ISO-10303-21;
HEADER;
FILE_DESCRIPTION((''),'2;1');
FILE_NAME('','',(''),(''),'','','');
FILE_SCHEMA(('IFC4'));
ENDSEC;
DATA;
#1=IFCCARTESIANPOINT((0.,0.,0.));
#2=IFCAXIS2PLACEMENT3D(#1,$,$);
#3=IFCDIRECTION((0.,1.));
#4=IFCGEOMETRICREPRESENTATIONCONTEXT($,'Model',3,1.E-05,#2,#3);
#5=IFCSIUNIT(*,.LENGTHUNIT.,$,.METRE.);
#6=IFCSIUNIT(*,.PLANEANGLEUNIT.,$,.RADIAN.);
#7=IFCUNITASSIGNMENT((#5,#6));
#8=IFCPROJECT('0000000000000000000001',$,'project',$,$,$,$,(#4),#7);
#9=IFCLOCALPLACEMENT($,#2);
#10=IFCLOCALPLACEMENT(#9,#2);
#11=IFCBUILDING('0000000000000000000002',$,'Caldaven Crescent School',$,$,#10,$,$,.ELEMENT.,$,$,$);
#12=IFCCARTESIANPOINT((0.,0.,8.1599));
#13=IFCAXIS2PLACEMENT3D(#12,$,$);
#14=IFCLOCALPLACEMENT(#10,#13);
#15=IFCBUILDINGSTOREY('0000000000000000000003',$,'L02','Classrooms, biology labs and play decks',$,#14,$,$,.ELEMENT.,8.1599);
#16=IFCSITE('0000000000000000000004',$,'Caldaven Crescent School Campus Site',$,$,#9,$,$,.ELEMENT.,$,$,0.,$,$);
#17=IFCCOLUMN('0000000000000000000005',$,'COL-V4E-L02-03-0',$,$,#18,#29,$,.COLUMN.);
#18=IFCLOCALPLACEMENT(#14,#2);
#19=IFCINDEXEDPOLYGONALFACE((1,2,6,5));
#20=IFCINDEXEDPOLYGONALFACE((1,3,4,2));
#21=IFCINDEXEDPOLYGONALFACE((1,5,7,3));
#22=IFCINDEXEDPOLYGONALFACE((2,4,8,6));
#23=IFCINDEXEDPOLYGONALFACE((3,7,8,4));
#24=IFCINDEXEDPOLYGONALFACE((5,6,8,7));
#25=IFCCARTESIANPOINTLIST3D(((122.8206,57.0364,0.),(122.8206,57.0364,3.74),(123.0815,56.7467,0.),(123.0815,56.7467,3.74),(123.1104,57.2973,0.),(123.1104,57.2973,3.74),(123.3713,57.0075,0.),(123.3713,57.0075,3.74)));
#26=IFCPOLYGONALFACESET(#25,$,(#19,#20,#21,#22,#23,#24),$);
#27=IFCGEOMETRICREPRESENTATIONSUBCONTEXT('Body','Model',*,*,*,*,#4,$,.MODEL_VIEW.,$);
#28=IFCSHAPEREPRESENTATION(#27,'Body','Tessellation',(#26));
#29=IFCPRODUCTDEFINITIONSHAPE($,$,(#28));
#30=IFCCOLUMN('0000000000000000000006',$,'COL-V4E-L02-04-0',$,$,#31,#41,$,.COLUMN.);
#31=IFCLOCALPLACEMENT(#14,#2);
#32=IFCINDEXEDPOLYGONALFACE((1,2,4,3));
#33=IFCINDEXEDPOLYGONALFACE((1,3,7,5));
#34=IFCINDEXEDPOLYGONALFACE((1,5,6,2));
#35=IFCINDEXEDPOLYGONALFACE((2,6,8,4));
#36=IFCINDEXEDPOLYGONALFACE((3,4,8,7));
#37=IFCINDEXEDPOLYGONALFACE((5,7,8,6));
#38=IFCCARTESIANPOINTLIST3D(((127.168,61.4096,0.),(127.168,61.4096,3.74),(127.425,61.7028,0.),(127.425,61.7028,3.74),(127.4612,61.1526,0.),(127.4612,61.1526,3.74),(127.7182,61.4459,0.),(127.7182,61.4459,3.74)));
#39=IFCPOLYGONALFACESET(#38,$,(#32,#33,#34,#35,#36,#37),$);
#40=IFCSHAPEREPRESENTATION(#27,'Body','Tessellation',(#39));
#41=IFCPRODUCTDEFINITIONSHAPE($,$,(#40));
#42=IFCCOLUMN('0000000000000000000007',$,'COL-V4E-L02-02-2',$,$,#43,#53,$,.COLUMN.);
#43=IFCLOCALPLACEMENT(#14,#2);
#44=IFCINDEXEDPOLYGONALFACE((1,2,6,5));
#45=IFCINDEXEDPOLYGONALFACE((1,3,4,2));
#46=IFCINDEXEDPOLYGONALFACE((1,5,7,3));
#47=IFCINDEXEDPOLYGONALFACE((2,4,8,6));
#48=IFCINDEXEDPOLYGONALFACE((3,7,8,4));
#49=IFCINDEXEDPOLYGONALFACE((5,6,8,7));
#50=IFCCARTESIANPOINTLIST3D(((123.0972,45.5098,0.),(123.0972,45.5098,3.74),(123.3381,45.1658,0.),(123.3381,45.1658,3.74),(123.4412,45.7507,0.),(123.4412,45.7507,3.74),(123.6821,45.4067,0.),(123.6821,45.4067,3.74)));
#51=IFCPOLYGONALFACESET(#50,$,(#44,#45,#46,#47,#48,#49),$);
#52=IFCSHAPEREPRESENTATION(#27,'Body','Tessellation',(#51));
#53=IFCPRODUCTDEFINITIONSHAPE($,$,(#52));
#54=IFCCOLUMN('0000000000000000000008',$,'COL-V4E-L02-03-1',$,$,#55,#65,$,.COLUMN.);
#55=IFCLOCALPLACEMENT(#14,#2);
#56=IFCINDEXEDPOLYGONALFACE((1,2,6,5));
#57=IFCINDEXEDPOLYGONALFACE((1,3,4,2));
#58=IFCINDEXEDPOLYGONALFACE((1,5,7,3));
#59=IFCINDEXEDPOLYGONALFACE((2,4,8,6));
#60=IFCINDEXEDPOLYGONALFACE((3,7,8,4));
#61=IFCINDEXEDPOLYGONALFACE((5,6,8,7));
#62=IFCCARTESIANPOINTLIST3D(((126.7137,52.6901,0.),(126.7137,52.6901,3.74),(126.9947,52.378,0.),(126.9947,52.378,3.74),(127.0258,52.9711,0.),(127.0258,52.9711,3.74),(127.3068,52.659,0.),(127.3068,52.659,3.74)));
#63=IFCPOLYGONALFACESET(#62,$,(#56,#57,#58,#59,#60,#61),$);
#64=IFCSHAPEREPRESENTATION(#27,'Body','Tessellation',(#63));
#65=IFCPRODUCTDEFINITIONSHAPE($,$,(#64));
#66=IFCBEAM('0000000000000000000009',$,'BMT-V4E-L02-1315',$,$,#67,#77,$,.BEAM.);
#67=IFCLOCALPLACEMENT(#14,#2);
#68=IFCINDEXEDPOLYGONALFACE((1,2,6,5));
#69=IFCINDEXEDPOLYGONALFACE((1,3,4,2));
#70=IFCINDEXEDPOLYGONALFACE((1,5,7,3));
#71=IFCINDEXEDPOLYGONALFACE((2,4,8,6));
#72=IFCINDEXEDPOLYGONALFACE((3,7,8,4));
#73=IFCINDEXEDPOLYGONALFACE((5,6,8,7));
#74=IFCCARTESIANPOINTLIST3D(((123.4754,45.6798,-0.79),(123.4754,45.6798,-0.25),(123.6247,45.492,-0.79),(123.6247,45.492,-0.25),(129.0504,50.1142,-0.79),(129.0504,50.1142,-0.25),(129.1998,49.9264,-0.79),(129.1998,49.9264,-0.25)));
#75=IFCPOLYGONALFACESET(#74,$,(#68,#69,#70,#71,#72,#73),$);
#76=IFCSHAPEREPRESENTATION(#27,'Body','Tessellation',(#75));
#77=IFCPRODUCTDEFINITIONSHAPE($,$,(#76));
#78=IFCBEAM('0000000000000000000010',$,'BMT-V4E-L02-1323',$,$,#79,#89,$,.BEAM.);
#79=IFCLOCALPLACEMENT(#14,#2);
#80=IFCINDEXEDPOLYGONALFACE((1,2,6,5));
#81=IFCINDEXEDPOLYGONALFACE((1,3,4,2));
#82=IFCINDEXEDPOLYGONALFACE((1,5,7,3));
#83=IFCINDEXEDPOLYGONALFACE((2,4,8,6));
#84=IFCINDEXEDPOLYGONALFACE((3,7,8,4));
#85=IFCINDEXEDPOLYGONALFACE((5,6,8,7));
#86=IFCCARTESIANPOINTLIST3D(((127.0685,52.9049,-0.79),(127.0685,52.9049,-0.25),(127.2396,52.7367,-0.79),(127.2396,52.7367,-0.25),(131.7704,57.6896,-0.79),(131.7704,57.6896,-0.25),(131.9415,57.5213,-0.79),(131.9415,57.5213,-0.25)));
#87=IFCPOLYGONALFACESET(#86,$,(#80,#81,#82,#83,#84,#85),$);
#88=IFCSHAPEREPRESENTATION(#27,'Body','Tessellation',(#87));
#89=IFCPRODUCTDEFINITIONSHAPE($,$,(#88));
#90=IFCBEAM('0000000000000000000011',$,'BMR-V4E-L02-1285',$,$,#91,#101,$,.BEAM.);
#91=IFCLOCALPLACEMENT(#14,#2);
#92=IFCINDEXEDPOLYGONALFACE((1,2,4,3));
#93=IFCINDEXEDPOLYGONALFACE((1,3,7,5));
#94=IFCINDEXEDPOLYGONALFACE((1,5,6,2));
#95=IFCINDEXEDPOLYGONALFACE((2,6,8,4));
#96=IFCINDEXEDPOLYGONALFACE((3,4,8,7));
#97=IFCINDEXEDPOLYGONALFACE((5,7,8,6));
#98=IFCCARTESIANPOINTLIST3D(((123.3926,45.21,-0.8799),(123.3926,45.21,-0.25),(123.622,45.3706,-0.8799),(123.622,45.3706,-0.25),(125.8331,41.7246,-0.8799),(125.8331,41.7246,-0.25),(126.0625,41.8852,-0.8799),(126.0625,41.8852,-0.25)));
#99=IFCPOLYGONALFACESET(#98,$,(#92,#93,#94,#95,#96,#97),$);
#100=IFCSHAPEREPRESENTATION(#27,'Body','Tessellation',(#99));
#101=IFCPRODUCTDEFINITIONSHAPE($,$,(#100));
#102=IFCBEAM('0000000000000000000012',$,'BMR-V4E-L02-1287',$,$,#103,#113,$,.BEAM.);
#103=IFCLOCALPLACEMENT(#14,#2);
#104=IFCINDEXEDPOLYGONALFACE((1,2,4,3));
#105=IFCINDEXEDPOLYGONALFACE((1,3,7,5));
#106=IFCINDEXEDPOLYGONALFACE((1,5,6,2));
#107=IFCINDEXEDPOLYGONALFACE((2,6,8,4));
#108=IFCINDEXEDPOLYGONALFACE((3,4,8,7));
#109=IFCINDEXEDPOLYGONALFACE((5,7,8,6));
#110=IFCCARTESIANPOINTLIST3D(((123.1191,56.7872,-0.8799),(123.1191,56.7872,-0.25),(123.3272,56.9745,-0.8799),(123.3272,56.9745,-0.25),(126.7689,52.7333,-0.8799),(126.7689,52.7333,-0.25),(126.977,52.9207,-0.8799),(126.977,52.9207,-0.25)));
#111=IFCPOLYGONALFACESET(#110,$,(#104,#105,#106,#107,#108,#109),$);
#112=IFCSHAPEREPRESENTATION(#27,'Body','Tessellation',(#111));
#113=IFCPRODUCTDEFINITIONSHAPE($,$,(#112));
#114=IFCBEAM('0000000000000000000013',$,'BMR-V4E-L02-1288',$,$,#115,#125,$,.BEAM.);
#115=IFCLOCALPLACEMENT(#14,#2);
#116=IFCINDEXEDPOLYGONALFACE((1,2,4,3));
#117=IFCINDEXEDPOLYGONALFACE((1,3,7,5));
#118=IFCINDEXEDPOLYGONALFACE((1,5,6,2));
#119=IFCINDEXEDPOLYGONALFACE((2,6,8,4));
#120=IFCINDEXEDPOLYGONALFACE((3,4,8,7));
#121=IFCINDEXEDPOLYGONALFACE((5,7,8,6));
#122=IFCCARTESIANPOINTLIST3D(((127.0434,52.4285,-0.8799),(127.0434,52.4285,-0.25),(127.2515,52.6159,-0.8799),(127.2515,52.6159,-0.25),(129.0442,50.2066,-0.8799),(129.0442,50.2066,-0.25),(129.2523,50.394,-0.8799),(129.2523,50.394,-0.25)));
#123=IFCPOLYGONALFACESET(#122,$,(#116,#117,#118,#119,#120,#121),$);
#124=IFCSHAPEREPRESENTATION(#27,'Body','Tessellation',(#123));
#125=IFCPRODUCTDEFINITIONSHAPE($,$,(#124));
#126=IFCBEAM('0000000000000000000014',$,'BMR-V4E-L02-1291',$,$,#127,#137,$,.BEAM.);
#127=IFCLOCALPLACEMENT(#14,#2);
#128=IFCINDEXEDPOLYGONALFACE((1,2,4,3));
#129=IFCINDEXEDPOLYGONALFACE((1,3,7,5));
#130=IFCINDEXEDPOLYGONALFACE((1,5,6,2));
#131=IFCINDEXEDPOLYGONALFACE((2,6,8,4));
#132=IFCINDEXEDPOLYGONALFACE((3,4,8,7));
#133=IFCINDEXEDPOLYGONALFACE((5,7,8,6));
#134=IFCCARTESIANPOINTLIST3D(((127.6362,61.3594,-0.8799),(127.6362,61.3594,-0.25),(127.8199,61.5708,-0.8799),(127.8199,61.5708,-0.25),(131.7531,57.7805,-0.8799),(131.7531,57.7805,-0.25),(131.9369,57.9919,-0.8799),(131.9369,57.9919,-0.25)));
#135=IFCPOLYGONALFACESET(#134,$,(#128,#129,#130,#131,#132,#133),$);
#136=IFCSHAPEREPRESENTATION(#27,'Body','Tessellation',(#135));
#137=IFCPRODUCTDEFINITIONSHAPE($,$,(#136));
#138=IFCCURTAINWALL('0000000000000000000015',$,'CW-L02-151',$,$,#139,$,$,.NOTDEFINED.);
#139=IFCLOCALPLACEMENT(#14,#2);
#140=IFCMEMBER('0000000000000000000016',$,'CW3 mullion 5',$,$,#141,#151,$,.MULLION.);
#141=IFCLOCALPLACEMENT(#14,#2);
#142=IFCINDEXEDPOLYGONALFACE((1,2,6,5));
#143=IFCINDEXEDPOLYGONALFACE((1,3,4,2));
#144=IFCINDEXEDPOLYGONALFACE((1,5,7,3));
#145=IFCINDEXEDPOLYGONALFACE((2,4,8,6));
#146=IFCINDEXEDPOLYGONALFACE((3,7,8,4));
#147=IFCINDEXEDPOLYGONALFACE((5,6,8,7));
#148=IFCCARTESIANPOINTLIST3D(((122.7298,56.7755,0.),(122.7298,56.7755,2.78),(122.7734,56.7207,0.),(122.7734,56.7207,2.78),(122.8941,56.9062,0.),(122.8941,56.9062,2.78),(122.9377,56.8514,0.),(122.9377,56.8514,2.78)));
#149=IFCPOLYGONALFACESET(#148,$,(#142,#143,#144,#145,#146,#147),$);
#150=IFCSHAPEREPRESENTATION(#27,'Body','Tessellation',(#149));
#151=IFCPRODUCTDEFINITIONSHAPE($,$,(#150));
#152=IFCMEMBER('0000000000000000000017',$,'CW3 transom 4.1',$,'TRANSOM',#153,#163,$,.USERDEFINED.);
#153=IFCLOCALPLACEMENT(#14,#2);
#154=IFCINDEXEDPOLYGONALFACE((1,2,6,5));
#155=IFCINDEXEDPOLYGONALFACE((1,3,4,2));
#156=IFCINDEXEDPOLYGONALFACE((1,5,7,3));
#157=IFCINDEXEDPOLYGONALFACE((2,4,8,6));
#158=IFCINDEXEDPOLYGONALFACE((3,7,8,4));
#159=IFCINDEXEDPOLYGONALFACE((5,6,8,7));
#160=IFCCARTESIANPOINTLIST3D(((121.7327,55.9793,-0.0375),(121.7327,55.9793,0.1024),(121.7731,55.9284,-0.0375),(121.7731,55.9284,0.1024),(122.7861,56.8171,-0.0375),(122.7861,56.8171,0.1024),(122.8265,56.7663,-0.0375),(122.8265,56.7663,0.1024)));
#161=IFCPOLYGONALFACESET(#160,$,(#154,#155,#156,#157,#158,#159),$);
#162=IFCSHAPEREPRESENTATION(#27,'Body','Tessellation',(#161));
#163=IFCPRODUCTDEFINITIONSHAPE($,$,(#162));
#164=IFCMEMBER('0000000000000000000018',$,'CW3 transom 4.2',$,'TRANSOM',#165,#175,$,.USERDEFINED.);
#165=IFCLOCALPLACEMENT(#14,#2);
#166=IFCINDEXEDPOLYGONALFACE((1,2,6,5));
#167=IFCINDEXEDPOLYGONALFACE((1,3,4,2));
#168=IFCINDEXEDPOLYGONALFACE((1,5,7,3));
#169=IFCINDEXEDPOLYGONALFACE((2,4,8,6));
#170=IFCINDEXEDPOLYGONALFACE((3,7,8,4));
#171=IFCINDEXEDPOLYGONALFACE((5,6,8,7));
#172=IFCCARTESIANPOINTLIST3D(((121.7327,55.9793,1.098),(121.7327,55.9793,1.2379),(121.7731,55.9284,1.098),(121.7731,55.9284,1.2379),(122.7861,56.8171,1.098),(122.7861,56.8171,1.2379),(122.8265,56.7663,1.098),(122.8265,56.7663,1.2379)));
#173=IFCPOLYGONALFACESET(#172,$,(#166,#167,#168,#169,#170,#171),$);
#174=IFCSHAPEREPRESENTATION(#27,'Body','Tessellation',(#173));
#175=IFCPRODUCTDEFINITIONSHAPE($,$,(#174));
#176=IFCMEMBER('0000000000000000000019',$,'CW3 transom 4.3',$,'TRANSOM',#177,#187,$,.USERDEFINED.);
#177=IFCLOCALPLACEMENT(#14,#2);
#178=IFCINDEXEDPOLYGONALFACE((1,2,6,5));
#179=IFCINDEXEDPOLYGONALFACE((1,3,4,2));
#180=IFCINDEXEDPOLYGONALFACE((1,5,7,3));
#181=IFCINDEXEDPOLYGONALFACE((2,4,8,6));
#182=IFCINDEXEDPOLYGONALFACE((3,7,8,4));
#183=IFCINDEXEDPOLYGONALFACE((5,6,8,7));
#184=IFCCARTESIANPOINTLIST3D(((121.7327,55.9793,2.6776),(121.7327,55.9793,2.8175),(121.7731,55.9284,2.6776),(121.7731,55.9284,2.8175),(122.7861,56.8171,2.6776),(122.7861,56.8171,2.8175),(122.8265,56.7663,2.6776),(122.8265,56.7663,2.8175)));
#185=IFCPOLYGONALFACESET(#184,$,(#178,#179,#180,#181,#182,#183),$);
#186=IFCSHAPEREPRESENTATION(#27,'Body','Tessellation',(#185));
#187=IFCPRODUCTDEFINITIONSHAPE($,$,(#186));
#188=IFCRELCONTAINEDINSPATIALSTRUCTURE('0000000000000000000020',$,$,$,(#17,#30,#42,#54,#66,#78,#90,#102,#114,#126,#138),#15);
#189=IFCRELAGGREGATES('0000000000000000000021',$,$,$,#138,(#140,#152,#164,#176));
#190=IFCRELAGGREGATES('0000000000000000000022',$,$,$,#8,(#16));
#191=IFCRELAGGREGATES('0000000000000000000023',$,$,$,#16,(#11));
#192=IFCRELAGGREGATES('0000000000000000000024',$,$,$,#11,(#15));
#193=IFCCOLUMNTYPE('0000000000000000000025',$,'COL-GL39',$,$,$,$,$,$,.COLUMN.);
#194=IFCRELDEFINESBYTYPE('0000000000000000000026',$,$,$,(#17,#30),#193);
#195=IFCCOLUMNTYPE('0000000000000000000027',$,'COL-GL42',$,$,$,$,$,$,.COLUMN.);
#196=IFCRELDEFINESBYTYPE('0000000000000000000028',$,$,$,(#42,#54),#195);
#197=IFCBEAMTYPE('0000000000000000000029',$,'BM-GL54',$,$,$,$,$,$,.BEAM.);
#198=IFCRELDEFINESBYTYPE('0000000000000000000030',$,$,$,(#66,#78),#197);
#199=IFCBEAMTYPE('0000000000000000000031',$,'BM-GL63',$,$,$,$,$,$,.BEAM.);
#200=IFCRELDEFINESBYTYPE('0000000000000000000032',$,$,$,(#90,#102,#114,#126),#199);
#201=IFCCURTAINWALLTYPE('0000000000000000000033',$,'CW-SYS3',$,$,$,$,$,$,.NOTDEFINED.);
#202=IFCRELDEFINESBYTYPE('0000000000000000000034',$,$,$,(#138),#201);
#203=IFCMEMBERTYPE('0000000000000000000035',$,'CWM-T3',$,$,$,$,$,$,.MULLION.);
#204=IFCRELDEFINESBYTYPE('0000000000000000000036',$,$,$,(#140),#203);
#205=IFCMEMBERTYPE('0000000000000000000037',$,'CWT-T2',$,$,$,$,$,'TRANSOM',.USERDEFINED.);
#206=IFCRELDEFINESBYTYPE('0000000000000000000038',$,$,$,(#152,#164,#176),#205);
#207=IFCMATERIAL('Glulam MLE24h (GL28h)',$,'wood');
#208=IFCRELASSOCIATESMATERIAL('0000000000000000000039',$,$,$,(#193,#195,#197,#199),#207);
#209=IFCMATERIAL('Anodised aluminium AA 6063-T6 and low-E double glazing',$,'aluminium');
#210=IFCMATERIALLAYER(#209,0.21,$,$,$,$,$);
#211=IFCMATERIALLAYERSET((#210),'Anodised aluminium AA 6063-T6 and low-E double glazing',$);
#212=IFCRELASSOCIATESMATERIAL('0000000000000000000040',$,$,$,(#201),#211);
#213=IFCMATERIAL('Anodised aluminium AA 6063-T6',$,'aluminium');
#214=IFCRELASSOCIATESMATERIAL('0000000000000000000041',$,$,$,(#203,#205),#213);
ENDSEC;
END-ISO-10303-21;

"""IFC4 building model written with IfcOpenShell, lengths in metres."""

from ifc_helpers import new_model, si_unit, direction, frame, origin, origin_2d, place, context, subcontext, project, spatial, rectangle, extrude, material, layer, layer_set, material_profile, profile_set, type_object, element, aggregate, save


model = new_model("IFC4")

# Units and contexts
model_context = context("Model", 3, precision=1e-05, world=origin(), true_north=direction((0.0, 1.0)))
body_context = subcontext(model_context, "Body", "Model", "MODEL_VIEW")
ifc_project = project(units=[si_unit("LENGTHUNIT", "METRE"), si_unit("PLANEANGLEUNIT", "RADIAN")], contexts=[model_context])

# Site, building, storey
site_placement = place(None, origin())
site = spatial("IfcSite", under=ifc_project, at=site_placement, Name="Caldaven Crescent School Campus Site", CompositionType="ELEMENT", RefElevation=0.0)
building_placement = place(site_placement, origin())
building = spatial("IfcBuilding", under=site, at=building_placement, Name="Caldaven Crescent School", CompositionType="ELEMENT")
storey_placement = place(building_placement, frame((0.0, 0.0, 8.1599)))
storey = spatial("IfcBuildingStorey", under=building, at=storey_placement, Name="L02", Description="Classrooms, biology labs and play decks", CompositionType="ELEMENT", Elevation=8.1599)

# Columns
ifc_material_1 = material(Name="Glulam MLE24h (GL28h)", Category="wood")
ifc_material_profile_1 = material_profile(ifc_material_1, rectangle(XDim=0.3899, YDim=0.3899, at=origin_2d()), Name="MLE 390x390")
ifc_profile_set_1 = profile_set([ifc_material_profile_1], Name="Glulam MLE24h (GL28h)")
column_type_1 = type_object("IfcColumnType", Name="COL-GL39", PredefinedType="COLUMN", material=ifc_profile_set_1)
for number, where, z_axis, x_axis, name in (
    (1, (123.0959, 57.022, 0.0), (0.0, 0.0, 1.0), (0.669131, -0.743145, 0.0), "COL-V4E-L02-03-0"),
    (2, (127.4431, 61.4277, 0.0), (0.0, 0.0, 1.0), (0.75207, -0.659083, 0.0), "COL-V4E-L02-04-0"),
):
    element("IfcColumn", number, at=place(storey_placement, frame(where, z_axis=z_axis, x_axis=x_axis)), inside=storey, type_object=column_type_1, Name=name, PredefinedType="COLUMN", context=body_context, shape_type="SweptSolid", body=[
        extrude(rectangle(XDim=0.3899, YDim=0.3899, at=origin_2d()), origin(), (0.0, 0.0, 1.0), 3.74),
    ])
ifc_material_profile_2 = material_profile(ifc_material_1, rectangle(XDim=0.4199, YDim=0.4199, at=origin_2d()), Name="MLE 420x420")
ifc_profile_set_2 = profile_set([ifc_material_profile_2], Name="Glulam MLE24h (GL28h)")
column_type_2 = type_object("IfcColumnType", Name="COL-GL42", PredefinedType="COLUMN", material=ifc_profile_set_2)
for number, where, z_axis, x_axis, name in (
    (3, (123.3896, 45.4583, 0.0), (0.0, 0.0, 1.0), (0.573576, -0.819152, 0.0), "COL-V4E-L02-02-2"),
    (4, (127.0103, 52.6746, 0.0), (0.0, 0.0, 1.0), (0.669131, -0.743145, 0.0), "COL-V4E-L02-03-1"),
):
    element("IfcColumn", number, at=place(storey_placement, frame(where, z_axis=z_axis, x_axis=x_axis)), inside=storey, type_object=column_type_2, Name=name, PredefinedType="COLUMN", context=body_context, shape_type="SweptSolid", body=[
        extrude(rectangle(XDim=0.4199, YDim=0.4199, at=origin_2d()), origin(), (0.0, 0.0, 1.0), 3.74),
    ])

# Beams
ifc_material_profile_3 = material_profile(ifc_material_1, rectangle(XDim=0.24, YDim=0.54, at=origin_2d()), Name="MLE 240x540")
ifc_profile_set_3 = profile_set([ifc_material_profile_3], Name="Glulam MLE24h (GL28h)")
beam_type_1 = type_object("IfcBeamType", Name="BM-GL54", PredefinedType="BEAM", material=ifc_profile_set_3)
beam_1_placement = place(storey_placement, frame((123.55, 45.5859, -0.52), z_axis=(0.782621, 0.622498, 0.0), x_axis=(-0.622498, 0.782621, 0.0)))
element("IfcBeam", 5, at=beam_1_placement, inside=storey, type_object=beam_type_1, Name="BMT-V4E-L02-1315", PredefinedType="BEAM", context=body_context, shape_type="SweptSolid", body=[
    extrude(rectangle(XDim=0.24, YDim=0.54, at=origin_2d()), origin(), (0.0, 0.0, 1.0), 7.1235),
])
beam_2_placement = place(storey_placement, frame((127.1541, 52.8208, -0.52), z_axis=(0.700911, 0.713249, 0.0), x_axis=(-0.713249, 0.700911, 0.0)))
element("IfcBeam", 6, at=beam_2_placement, inside=storey, type_object=beam_type_1, Name="BMT-V4E-L02-1323", PredefinedType="BEAM", context=body_context, shape_type="SweptSolid", body=[
    extrude(rectangle(XDim=0.24, YDim=0.54, at=origin_2d()), origin(), (0.0, 0.0, 1.0), 6.7083),
])
ifc_material_profile_4 = material_profile(ifc_material_1, rectangle(XDim=0.28, YDim=0.6299, at=origin_2d()), Name="MLE 280x630")
ifc_profile_set_4 = profile_set([ifc_material_profile_4], Name="Glulam MLE24h (GL28h)")
beam_type_2 = type_object("IfcBeamType", Name="BM-GL63", PredefinedType="BEAM", material=ifc_profile_set_4)
beam_3_placement = place(storey_placement, frame((123.5073, 45.2903, -0.5649), z_axis=(0.57357, -0.819156, 0.0), x_axis=(0.819156, 0.57357, 0.0)))
element("IfcBeam", 7, at=beam_3_placement, inside=storey, type_object=beam_type_2, Name="BMR-V4E-L02-1285", PredefinedType="BEAM", context=body_context, shape_type="SweptSolid", body=[
    extrude(rectangle(XDim=0.28, YDim=0.6299, at=origin_2d()), origin(), (0.0, 0.0, 1.0), 4.2549),
])
beam_4_placement = place(storey_placement, frame((123.2231, 56.8809, -0.5649), z_axis=(0.669101, -0.743172, 0.0), x_axis=(0.743172, 0.669101, 0.0)))
element("IfcBeam", 8, at=beam_4_placement, inside=storey, type_object=beam_type_2, Name="BMR-V4E-L02-1287", PredefinedType="BEAM", context=body_context, shape_type="SweptSolid", body=[
    extrude(rectangle(XDim=0.28, YDim=0.6299, at=origin_2d()), origin(), (0.0, 0.0, 1.0), 5.4548),
])
beam_5_placement = place(storey_placement, frame((127.1475, 52.5222, -0.5649), z_axis=(0.66915, -0.743128, 0.0), x_axis=(0.743128, 0.66915, 0.0)))
element("IfcBeam", 9, at=beam_5_placement, inside=storey, type_object=beam_type_2, Name="BMR-V4E-L02-1288", PredefinedType="BEAM", context=body_context, shape_type="SweptSolid", body=[
    extrude(rectangle(XDim=0.28, YDim=0.6299, at=origin_2d()), origin(), (0.0, 0.0, 1.0), 2.99),
])
beam_6_placement = place(storey_placement, frame((127.728, 61.4651, -0.5649), z_axis=(0.754705, -0.656065, 0.0), x_axis=(0.656065, 0.754705, 0.0)))
element("IfcBeam", 10, at=beam_6_placement, inside=storey, type_object=beam_type_2, Name="BMR-V4E-L02-1291", PredefinedType="BEAM", context=body_context, shape_type="SweptSolid", body=[
    extrude(rectangle(XDim=0.28, YDim=0.6299, at=origin_2d()), origin(), (0.0, 0.0, 1.0), 5.4551),
])

# Curtain wall, members
ifc_material_2 = material(Name="Anodised aluminium AA 6063-T6 and low-E double glazing", Category="aluminium")
ifc_layer_1 = layer(ifc_material_2, 0.21)
ifc_layer_set_1 = layer_set([ifc_layer_1], Name="Anodised aluminium AA 6063-T6 and low-E double glazing")
curtain_wall_type = type_object("IfcCurtainWallType", Name="CW-SYS3", PredefinedType="NOTDEFINED", material=ifc_layer_set_1)
curtain_wall_placement = place(storey_placement, origin())
curtain_wall = element("IfcCurtainWall", 11, at=curtain_wall_placement, inside=storey, type_object=curtain_wall_type, Name="CW-L02-151", PredefinedType="NOTDEFINED")
ifc_material_3 = material(Name="Anodised aluminium AA 6063-T6", Category="aluminium")
ifc_material_profile_5 = material_profile(ifc_material_3, rectangle(XDim=0.0701, YDim=0.21, at=origin_2d()), Name="CWM 70x210")
ifc_profile_set_5 = profile_set([ifc_material_profile_5], Name="Anodised aluminium AA 6063-T6")
member_type_1 = type_object("IfcMemberType", Name="CWM-T3", PredefinedType="MULLION", material=ifc_profile_set_5)
member_1_placement = place(storey_placement, frame((122.8337, 56.8135, 0.0), z_axis=(0.0, 0.0, 1.0), x_axis=(-0.622515, 0.782608, 0.0)))
member_1 = element("IfcMember", 12, at=member_1_placement, type_object=member_type_1, Name="CW3 mullion 5", PredefinedType="MULLION", context=body_context, shape_type="SweptSolid", body=[
    extrude(rectangle(XDim=0.0701, YDim=0.21, at=origin_2d()), origin(), (0.0, 0.0, 1.0), 2.78),
])
ifc_material_profile_6 = material_profile(ifc_material_3, rectangle(XDim=0.0649, YDim=0.1399, at=origin_2d()), Name="CWT 65x140")
ifc_profile_set_6 = profile_set([ifc_material_profile_6], Name="Anodised aluminium AA 6063-T6")
member_type_2 = type_object("IfcMemberType", Name="CWT-T2", ElementType="TRANSOM", PredefinedType="USERDEFINED", material=ifc_profile_set_6)
member_2_placement = place(storey_placement, frame((121.7529, 55.9539, 0.0325), z_axis=(0.782635, 0.622481, 0.0), x_axis=(-0.622481, 0.782635, 0.0)))
member_2 = element("IfcMember", 13, at=member_2_placement, type_object=member_type_2, Name="CW3 transom 4.1", ObjectType="TRANSOM", PredefinedType="USERDEFINED", context=body_context, shape_type="SweptSolid", body=[
    extrude(rectangle(XDim=0.0649, YDim=0.1399, at=origin_2d()), origin(), (0.0, 0.0, 1.0), 1.3459),
])
member_3_placement = place(storey_placement, frame((121.7529, 55.9539, 1.168), z_axis=(0.782635, 0.622481, 0.0), x_axis=(-0.622481, 0.782635, 0.0)))
member_3 = element("IfcMember", 14, at=member_3_placement, type_object=member_type_2, Name="CW3 transom 4.2", ObjectType="TRANSOM", PredefinedType="USERDEFINED", context=body_context, shape_type="SweptSolid", body=[
    extrude(rectangle(XDim=0.0649, YDim=0.1399, at=origin_2d()), origin(), (0.0, 0.0, 1.0), 1.3459),
])
member_4_placement = place(storey_placement, frame((121.7529, 55.9539, 2.7476), z_axis=(0.782635, 0.622481, 0.0), x_axis=(-0.622481, 0.782635, 0.0)))
member_4 = element("IfcMember", 15, at=member_4_placement, type_object=member_type_2, Name="CW3 transom 4.3", ObjectType="TRANSOM", PredefinedType="USERDEFINED", context=body_context, shape_type="SweptSolid", body=[
    extrude(rectangle(XDim=0.0649, YDim=0.1399, at=origin_2d()), origin(), (0.0, 0.0, 1.0), 1.3459),
])

aggregate(curtain_wall, [member_1, member_2, member_3, member_4])

save(model, "model.ifc")
